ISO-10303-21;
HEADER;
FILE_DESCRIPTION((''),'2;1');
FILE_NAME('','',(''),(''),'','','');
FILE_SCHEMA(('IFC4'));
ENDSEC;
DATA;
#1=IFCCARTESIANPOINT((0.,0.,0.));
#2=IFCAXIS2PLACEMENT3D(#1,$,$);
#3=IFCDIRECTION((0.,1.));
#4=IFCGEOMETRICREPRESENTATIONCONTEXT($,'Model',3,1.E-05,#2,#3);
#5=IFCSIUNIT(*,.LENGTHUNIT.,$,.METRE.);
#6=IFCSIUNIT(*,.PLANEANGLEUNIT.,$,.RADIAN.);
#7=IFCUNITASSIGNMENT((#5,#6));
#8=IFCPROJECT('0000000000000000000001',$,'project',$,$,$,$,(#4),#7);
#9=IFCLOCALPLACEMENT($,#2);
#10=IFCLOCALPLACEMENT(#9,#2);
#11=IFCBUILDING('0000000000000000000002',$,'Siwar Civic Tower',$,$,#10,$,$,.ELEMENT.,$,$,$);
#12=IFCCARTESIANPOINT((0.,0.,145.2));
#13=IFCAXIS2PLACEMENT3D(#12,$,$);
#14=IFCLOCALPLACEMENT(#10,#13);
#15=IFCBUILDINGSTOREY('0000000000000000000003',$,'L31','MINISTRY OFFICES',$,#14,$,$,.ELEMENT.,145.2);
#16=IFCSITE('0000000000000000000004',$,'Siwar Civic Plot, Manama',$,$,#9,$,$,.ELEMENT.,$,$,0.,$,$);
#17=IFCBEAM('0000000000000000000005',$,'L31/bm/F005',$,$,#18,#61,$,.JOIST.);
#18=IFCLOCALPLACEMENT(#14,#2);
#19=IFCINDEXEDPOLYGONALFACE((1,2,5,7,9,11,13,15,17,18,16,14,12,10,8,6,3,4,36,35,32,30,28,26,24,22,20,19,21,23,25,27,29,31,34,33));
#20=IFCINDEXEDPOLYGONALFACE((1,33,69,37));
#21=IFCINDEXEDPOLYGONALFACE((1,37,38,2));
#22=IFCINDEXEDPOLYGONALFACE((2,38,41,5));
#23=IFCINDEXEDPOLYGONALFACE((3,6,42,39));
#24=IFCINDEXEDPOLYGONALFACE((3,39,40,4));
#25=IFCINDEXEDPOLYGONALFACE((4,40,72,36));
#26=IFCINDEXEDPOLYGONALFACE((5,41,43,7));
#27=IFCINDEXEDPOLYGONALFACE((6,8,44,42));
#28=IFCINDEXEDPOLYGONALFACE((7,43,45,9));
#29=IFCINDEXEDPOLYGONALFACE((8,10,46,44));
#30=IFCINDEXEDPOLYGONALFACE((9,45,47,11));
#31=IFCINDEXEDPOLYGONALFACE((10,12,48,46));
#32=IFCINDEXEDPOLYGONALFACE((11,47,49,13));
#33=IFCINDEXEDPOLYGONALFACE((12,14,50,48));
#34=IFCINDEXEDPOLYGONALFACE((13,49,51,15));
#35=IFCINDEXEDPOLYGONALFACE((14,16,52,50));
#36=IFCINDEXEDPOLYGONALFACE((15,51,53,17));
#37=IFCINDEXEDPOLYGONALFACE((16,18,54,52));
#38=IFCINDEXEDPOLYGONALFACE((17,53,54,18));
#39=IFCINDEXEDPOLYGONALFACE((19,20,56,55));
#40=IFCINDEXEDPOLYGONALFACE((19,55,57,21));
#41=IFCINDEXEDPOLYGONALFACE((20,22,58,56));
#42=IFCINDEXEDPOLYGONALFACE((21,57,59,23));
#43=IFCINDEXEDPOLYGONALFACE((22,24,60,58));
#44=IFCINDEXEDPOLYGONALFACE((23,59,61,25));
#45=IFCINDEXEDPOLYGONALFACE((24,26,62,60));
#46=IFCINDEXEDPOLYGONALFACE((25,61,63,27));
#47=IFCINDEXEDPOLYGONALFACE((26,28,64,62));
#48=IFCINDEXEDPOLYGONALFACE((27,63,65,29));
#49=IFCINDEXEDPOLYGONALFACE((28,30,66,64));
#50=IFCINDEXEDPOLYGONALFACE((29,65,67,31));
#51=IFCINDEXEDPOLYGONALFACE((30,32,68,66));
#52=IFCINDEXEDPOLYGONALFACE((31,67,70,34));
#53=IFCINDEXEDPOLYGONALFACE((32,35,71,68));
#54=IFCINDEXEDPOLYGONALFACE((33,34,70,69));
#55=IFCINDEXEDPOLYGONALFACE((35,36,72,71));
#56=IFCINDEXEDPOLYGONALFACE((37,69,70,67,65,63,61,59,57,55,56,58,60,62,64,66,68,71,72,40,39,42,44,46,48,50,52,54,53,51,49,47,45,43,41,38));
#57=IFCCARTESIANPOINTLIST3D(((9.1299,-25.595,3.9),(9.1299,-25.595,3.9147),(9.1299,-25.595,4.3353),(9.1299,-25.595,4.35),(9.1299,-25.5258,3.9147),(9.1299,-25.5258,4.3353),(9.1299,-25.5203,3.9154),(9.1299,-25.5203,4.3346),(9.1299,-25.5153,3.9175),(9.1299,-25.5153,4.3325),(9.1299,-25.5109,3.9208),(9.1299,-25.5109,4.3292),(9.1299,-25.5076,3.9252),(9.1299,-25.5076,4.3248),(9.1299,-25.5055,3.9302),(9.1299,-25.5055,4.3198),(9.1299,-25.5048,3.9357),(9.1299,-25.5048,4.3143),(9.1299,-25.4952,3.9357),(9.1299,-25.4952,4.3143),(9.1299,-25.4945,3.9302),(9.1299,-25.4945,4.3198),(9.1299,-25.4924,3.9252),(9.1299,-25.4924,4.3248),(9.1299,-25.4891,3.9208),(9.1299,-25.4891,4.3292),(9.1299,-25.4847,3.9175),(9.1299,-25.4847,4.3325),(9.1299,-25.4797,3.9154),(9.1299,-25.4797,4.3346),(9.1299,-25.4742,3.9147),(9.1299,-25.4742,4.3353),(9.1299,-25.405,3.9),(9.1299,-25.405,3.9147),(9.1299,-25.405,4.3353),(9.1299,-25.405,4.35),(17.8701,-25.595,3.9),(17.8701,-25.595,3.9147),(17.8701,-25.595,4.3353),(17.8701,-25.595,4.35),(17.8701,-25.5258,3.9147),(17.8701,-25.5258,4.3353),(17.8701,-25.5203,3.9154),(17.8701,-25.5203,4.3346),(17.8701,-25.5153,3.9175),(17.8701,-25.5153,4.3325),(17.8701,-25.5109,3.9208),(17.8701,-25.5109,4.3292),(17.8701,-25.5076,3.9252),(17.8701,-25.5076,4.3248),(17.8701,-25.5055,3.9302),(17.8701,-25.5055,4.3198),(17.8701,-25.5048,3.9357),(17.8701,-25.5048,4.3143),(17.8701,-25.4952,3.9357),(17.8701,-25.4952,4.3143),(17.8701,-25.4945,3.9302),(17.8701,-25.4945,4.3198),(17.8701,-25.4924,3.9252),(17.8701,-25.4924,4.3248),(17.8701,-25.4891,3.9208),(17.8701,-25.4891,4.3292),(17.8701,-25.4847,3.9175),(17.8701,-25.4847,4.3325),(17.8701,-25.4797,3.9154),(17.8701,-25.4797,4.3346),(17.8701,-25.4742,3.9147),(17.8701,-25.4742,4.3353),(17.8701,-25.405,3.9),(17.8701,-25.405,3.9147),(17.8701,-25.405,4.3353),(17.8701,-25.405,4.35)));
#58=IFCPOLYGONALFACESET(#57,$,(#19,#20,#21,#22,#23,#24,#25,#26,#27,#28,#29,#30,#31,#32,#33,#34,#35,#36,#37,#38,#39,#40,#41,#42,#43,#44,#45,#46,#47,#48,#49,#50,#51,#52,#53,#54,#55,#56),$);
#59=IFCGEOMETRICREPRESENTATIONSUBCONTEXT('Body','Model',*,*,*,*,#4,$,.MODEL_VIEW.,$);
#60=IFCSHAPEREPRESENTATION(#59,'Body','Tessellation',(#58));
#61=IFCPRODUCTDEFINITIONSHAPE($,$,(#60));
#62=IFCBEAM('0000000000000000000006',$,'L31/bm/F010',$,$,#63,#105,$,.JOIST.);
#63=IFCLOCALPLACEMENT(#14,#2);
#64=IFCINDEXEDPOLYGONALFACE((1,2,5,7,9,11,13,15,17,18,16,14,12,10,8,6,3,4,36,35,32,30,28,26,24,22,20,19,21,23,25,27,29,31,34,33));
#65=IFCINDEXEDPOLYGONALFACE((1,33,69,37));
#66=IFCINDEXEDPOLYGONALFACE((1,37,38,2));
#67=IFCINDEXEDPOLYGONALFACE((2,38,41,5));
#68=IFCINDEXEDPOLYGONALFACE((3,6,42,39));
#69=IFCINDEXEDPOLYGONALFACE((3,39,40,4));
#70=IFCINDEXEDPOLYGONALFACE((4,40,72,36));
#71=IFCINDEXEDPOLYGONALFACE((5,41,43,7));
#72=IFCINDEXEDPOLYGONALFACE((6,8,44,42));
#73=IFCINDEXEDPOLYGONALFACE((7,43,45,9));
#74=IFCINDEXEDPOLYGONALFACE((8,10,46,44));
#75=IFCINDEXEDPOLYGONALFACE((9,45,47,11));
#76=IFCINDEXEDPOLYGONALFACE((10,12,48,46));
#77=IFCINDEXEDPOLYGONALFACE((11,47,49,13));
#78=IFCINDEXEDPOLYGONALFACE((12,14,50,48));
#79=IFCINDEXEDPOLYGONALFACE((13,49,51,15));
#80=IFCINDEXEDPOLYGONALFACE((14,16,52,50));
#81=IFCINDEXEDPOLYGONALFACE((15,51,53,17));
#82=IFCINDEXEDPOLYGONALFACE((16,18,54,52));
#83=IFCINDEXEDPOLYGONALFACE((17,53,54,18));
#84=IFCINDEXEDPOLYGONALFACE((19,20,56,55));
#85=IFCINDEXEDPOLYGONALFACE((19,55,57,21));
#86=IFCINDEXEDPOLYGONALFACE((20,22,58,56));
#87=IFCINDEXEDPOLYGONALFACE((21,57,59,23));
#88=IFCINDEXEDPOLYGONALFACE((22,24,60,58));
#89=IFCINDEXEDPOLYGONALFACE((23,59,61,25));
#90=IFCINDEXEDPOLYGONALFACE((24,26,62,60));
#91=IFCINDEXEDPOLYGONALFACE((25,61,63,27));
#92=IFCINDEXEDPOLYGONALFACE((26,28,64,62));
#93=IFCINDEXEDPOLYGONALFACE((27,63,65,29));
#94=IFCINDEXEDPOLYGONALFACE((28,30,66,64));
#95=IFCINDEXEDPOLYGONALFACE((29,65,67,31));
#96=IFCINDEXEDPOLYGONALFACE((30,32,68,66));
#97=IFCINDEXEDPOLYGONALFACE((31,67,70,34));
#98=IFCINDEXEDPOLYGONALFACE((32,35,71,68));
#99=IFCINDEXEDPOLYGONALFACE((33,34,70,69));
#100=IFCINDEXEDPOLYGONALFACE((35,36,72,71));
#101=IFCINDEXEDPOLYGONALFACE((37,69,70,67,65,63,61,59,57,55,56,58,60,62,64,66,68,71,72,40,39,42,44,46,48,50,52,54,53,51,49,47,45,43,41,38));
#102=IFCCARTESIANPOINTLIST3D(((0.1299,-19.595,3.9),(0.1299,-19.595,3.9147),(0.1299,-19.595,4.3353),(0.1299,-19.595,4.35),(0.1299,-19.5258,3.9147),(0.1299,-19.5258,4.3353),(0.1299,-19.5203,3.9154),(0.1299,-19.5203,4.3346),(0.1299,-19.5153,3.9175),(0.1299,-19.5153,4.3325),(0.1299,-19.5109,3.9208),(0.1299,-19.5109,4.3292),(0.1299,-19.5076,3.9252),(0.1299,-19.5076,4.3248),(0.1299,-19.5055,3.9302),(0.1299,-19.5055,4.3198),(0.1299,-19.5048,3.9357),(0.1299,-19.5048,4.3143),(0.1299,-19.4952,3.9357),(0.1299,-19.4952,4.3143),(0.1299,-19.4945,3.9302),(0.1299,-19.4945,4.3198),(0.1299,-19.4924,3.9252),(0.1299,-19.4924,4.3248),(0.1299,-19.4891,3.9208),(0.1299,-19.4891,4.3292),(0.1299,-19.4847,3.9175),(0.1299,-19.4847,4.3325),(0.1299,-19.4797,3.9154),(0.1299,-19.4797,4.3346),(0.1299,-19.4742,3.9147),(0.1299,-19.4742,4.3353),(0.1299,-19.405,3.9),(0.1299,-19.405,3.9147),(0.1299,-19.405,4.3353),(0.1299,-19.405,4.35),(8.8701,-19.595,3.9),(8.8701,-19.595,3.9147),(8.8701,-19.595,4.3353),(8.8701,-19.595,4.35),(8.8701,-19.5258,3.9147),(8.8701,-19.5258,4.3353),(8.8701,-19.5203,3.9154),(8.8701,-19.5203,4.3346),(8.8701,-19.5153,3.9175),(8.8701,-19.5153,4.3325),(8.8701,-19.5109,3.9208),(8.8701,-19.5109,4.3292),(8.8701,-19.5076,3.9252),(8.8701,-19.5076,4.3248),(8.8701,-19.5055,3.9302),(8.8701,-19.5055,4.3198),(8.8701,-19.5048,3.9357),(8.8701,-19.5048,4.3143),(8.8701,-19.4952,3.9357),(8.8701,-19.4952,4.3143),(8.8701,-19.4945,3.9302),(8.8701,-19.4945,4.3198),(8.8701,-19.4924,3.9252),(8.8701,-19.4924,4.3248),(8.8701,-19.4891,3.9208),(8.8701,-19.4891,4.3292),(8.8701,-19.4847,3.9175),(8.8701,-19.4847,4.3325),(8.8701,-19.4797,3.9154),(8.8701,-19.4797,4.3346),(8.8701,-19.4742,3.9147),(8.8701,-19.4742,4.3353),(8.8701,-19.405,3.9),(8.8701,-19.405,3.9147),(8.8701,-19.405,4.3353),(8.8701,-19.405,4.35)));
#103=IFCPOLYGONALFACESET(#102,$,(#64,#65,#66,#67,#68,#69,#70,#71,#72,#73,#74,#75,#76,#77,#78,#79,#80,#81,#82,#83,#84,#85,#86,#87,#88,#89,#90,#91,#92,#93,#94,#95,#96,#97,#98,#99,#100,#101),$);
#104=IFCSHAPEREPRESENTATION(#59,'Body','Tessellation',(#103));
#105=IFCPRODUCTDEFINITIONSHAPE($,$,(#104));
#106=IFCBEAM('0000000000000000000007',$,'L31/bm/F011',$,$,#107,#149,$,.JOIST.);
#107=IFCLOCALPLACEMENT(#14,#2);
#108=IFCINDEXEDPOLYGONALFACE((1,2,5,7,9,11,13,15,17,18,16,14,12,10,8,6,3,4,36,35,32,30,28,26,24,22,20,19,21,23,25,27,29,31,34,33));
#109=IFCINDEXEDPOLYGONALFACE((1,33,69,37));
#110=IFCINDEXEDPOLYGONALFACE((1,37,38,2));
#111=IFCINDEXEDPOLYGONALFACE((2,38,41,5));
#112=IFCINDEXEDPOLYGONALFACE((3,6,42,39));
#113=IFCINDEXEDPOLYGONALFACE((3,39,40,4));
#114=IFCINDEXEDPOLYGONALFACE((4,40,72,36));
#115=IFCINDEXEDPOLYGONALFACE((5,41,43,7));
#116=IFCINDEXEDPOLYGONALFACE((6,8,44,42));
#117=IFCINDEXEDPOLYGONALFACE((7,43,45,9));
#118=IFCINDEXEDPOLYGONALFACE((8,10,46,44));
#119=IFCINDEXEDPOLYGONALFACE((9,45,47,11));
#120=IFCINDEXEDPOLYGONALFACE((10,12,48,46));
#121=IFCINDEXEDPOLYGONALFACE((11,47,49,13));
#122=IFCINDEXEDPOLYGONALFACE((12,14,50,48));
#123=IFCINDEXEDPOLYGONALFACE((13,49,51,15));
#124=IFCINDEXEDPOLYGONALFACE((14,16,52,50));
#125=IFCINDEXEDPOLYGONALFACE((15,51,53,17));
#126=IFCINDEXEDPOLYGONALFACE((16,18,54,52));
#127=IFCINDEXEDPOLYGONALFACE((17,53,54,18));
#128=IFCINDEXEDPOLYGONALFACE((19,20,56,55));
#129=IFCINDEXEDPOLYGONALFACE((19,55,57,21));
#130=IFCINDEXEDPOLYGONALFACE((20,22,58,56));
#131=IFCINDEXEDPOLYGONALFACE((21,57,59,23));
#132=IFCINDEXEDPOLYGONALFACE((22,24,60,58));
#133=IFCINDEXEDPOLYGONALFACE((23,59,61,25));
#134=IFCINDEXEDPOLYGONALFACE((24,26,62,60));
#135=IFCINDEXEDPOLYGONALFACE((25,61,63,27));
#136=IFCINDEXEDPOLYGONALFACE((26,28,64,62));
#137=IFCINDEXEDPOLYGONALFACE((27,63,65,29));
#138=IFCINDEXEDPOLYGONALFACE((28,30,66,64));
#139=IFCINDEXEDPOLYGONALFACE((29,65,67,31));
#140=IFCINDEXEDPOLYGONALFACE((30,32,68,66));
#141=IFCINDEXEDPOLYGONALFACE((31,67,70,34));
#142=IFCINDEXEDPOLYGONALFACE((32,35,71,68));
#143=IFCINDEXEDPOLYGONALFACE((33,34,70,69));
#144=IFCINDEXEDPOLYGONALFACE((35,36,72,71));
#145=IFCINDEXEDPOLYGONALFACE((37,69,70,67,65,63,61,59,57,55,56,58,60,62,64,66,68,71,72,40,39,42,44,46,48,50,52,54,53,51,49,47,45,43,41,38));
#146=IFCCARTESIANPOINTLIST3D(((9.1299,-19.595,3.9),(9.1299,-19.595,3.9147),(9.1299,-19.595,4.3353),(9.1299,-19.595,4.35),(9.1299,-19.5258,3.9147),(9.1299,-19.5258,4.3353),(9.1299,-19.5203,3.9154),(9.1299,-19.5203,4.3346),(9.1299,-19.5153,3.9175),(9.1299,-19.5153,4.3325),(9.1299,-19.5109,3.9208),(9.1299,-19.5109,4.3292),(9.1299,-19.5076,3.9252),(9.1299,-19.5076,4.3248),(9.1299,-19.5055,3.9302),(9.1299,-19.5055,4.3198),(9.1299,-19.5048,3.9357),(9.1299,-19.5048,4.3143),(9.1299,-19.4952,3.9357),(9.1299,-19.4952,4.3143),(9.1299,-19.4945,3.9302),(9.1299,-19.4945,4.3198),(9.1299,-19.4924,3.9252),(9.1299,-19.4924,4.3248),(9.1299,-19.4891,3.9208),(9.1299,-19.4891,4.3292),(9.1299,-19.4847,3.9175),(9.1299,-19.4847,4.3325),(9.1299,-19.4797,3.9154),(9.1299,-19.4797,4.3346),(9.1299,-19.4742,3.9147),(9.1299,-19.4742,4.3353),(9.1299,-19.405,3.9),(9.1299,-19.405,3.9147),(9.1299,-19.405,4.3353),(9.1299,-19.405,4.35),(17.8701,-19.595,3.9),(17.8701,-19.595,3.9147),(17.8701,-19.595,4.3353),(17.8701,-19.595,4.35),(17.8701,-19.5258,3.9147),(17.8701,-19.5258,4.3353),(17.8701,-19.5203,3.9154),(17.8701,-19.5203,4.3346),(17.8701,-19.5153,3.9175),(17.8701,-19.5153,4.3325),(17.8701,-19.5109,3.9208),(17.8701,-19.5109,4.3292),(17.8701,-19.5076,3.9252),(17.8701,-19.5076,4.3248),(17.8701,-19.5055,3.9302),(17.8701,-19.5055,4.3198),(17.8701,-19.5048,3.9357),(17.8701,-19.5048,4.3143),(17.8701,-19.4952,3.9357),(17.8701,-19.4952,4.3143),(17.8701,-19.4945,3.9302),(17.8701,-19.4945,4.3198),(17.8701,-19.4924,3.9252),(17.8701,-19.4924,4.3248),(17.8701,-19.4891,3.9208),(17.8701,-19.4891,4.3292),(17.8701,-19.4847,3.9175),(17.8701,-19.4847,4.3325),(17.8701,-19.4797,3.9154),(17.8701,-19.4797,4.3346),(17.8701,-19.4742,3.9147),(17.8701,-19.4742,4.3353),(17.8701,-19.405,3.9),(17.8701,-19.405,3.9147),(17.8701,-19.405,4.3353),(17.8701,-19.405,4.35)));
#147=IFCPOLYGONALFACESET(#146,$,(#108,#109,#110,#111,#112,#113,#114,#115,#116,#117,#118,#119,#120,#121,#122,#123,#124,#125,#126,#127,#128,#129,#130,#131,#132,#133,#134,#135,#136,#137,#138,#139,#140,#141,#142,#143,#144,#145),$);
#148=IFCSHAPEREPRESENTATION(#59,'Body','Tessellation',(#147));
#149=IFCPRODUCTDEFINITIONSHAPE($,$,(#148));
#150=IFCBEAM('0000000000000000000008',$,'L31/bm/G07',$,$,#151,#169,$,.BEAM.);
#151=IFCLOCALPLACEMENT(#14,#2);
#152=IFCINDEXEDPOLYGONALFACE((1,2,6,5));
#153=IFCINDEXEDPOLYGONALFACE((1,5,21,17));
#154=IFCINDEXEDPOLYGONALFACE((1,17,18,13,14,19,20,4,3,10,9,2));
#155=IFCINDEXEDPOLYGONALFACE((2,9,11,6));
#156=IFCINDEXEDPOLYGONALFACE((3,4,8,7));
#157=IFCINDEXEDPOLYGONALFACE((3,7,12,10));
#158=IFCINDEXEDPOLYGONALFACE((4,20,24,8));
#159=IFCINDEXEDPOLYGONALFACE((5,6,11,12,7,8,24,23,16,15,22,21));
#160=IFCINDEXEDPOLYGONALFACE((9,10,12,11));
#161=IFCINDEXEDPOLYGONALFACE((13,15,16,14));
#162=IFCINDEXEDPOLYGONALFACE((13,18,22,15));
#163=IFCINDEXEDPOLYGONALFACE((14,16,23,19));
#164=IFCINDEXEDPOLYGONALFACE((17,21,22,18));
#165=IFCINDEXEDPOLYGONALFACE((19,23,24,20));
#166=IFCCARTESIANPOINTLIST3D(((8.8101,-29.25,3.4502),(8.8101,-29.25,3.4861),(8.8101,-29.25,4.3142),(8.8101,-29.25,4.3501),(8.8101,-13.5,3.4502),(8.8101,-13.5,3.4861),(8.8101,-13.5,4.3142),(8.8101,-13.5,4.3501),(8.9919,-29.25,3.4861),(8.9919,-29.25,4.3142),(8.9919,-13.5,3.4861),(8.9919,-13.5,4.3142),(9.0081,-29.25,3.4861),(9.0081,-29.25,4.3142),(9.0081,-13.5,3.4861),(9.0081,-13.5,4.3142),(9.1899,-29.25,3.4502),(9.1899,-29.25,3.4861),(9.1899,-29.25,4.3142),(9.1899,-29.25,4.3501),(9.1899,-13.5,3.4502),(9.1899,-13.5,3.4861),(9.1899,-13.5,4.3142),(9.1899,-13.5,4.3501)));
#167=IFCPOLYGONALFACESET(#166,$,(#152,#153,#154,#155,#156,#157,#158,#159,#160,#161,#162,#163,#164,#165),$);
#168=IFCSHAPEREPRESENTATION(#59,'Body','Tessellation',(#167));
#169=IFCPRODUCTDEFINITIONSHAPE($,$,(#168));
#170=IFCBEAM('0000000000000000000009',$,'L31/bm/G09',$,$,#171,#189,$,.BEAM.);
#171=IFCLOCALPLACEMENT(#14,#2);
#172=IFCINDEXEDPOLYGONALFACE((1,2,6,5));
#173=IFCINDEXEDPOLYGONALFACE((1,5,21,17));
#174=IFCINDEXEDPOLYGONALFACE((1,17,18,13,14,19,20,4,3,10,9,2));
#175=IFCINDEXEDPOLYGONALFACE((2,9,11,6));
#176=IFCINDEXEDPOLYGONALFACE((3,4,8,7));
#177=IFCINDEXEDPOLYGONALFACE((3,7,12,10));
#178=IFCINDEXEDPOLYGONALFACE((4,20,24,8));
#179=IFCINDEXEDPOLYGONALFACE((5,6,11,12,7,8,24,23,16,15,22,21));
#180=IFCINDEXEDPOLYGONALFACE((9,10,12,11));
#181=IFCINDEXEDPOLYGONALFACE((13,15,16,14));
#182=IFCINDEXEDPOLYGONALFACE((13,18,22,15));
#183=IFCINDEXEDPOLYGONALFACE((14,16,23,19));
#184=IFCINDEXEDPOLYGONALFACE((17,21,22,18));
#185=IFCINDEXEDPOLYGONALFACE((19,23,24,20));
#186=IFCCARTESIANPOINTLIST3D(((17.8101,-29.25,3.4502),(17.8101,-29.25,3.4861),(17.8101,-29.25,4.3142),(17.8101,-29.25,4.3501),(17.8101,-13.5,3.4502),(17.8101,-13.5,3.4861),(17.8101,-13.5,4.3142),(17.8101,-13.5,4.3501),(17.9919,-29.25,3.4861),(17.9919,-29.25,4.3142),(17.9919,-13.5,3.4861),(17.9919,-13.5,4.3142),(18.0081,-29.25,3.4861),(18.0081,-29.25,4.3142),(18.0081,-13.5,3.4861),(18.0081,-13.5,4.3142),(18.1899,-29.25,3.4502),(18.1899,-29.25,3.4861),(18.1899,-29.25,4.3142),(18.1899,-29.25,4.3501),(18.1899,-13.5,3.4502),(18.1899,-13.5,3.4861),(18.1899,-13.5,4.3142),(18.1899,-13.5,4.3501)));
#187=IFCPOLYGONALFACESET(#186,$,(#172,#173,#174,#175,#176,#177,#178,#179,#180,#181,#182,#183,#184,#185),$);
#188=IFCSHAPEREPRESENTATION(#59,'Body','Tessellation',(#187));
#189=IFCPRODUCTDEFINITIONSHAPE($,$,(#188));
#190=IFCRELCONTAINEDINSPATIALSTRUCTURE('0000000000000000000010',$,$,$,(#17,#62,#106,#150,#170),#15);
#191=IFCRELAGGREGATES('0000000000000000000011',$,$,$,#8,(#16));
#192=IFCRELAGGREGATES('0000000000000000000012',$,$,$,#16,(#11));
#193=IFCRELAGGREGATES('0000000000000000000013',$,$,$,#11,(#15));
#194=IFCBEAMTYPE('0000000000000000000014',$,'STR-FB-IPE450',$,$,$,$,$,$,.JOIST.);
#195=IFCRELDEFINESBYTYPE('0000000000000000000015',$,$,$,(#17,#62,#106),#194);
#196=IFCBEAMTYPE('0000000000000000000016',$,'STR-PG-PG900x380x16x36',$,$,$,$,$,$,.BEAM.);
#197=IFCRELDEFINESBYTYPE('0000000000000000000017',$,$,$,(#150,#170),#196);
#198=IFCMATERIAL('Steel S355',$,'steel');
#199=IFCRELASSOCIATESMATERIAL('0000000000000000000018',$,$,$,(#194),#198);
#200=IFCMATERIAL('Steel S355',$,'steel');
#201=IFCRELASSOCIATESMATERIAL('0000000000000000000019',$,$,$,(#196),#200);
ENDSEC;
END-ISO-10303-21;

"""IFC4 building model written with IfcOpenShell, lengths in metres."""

from ifc_helpers import new_model, si_unit, direction, frame, origin, origin_2d, place, context, subcontext, project, spatial, i_section, extrude, material, material_profile, profile_set, type_object, element, save


model = new_model("IFC4")

# Units and contexts
model_context = context("Model", 3, precision=1e-05, world=origin(), true_north=direction((0.0, 1.0)))
body_context = subcontext(model_context, "Body", "Model", "MODEL_VIEW")
ifc_project = project(units=[si_unit("LENGTHUNIT", "METRE"), si_unit("PLANEANGLEUNIT", "RADIAN")], contexts=[model_context])

# Site, building, storey
site_placement = place(None, origin())
site = spatial("IfcSite", under=ifc_project, at=site_placement, Name="Siwar Civic Plot, Manama", CompositionType="ELEMENT", RefElevation=0.0)
building_placement = place(site_placement, origin())
building = spatial("IfcBuilding", under=site, at=building_placement, Name="Siwar Civic Tower", CompositionType="ELEMENT")
storey_placement = place(building_placement, frame((0.0, 0.0, 145.2)))
storey = spatial("IfcBuildingStorey", under=building, at=storey_placement, Name="L31", Description="MINISTRY OFFICES", CompositionType="ELEMENT", Elevation=145.2)

# Beams
ifc_material_1 = material(Name="Steel S355", Category="steel")
ifc_material_profile_1 = material_profile(ifc_material_1, i_section(OverallWidth=0.1899, OverallDepth=0.45, WebThickness=0.0095, FlangeThickness=0.0146, FilletRadius=0.021, at=origin_2d()), Name="IPE450")
ifc_profile_set_1 = profile_set([ifc_material_profile_1], Name="Steel S355")
beam_type_1 = type_object("IfcBeamType", Name="STR-FB-IPE450", PredefinedType="JOIST", material=ifc_profile_set_1)
for number, where, z_axis, x_axis, name in (
    (1, (9.1299, -25.5, 4.125), (1.0, 0.0, 0.0), (0.0, 1.0, 0.0), "L31/bm/F005"),
    (2, (0.1299, -19.5, 4.125), (1.0, 0.0, 0.0), (0.0, 1.0, 0.0), "L31/bm/F010"),
    (3, (9.1299, -19.5, 4.125), (1.0, 0.0, 0.0), (0.0, 1.0, 0.0), "L31/bm/F011"),
):
    element("IfcBeam", number, at=place(storey_placement, frame(where, z_axis=z_axis, x_axis=x_axis)), inside=storey, type_object=beam_type_1, Name=name, PredefinedType="JOIST", context=body_context, shape_type="SweptSolid", body=[
        extrude(i_section(OverallWidth=0.1899, OverallDepth=0.45, WebThickness=0.0095, FlangeThickness=0.0146, FilletRadius=0.021, at=origin_2d()), origin(), (0.0, 0.0, 1.0), 8.7402),
    ])
ifc_material_2 = material(Name="Steel S355", Category="steel")
ifc_material_profile_2 = material_profile(ifc_material_2, i_section(OverallWidth=0.3799, OverallDepth=0.8999, WebThickness=0.0161, FlangeThickness=0.0359, at=origin_2d()), Name="PG900x380x16x36")
ifc_profile_set_2 = profile_set([ifc_material_profile_2], Name="Steel S355")
beam_type_2 = type_object("IfcBeamType", Name="STR-PG-PG900x380x16x36", PredefinedType="BEAM", material=ifc_profile_set_2)
for number, where, z_axis, x_axis, name in (
    (4, (9.0, -29.25, 3.9001), (0.0, 1.0, 0.0), (-1.0, 0.0, 0.0), "L31/bm/G07"),
    (5, (18.0, -29.25, 3.9001), (0.0, 1.0, 0.0), (-1.0, 0.0, 0.0), "L31/bm/G09"),
):
    element("IfcBeam", number, at=place(storey_placement, frame(where, z_axis=z_axis, x_axis=x_axis)), inside=storey, type_object=beam_type_2, Name=name, PredefinedType="BEAM", context=body_context, shape_type="SweptSolid", body=[
        extrude(i_section(OverallWidth=0.3799, OverallDepth=0.8999, WebThickness=0.0161, FlangeThickness=0.0359, at=origin_2d()), origin(), (0.0, 0.0, 1.0), 15.75),
    ])

save(model, "model.ifc")
